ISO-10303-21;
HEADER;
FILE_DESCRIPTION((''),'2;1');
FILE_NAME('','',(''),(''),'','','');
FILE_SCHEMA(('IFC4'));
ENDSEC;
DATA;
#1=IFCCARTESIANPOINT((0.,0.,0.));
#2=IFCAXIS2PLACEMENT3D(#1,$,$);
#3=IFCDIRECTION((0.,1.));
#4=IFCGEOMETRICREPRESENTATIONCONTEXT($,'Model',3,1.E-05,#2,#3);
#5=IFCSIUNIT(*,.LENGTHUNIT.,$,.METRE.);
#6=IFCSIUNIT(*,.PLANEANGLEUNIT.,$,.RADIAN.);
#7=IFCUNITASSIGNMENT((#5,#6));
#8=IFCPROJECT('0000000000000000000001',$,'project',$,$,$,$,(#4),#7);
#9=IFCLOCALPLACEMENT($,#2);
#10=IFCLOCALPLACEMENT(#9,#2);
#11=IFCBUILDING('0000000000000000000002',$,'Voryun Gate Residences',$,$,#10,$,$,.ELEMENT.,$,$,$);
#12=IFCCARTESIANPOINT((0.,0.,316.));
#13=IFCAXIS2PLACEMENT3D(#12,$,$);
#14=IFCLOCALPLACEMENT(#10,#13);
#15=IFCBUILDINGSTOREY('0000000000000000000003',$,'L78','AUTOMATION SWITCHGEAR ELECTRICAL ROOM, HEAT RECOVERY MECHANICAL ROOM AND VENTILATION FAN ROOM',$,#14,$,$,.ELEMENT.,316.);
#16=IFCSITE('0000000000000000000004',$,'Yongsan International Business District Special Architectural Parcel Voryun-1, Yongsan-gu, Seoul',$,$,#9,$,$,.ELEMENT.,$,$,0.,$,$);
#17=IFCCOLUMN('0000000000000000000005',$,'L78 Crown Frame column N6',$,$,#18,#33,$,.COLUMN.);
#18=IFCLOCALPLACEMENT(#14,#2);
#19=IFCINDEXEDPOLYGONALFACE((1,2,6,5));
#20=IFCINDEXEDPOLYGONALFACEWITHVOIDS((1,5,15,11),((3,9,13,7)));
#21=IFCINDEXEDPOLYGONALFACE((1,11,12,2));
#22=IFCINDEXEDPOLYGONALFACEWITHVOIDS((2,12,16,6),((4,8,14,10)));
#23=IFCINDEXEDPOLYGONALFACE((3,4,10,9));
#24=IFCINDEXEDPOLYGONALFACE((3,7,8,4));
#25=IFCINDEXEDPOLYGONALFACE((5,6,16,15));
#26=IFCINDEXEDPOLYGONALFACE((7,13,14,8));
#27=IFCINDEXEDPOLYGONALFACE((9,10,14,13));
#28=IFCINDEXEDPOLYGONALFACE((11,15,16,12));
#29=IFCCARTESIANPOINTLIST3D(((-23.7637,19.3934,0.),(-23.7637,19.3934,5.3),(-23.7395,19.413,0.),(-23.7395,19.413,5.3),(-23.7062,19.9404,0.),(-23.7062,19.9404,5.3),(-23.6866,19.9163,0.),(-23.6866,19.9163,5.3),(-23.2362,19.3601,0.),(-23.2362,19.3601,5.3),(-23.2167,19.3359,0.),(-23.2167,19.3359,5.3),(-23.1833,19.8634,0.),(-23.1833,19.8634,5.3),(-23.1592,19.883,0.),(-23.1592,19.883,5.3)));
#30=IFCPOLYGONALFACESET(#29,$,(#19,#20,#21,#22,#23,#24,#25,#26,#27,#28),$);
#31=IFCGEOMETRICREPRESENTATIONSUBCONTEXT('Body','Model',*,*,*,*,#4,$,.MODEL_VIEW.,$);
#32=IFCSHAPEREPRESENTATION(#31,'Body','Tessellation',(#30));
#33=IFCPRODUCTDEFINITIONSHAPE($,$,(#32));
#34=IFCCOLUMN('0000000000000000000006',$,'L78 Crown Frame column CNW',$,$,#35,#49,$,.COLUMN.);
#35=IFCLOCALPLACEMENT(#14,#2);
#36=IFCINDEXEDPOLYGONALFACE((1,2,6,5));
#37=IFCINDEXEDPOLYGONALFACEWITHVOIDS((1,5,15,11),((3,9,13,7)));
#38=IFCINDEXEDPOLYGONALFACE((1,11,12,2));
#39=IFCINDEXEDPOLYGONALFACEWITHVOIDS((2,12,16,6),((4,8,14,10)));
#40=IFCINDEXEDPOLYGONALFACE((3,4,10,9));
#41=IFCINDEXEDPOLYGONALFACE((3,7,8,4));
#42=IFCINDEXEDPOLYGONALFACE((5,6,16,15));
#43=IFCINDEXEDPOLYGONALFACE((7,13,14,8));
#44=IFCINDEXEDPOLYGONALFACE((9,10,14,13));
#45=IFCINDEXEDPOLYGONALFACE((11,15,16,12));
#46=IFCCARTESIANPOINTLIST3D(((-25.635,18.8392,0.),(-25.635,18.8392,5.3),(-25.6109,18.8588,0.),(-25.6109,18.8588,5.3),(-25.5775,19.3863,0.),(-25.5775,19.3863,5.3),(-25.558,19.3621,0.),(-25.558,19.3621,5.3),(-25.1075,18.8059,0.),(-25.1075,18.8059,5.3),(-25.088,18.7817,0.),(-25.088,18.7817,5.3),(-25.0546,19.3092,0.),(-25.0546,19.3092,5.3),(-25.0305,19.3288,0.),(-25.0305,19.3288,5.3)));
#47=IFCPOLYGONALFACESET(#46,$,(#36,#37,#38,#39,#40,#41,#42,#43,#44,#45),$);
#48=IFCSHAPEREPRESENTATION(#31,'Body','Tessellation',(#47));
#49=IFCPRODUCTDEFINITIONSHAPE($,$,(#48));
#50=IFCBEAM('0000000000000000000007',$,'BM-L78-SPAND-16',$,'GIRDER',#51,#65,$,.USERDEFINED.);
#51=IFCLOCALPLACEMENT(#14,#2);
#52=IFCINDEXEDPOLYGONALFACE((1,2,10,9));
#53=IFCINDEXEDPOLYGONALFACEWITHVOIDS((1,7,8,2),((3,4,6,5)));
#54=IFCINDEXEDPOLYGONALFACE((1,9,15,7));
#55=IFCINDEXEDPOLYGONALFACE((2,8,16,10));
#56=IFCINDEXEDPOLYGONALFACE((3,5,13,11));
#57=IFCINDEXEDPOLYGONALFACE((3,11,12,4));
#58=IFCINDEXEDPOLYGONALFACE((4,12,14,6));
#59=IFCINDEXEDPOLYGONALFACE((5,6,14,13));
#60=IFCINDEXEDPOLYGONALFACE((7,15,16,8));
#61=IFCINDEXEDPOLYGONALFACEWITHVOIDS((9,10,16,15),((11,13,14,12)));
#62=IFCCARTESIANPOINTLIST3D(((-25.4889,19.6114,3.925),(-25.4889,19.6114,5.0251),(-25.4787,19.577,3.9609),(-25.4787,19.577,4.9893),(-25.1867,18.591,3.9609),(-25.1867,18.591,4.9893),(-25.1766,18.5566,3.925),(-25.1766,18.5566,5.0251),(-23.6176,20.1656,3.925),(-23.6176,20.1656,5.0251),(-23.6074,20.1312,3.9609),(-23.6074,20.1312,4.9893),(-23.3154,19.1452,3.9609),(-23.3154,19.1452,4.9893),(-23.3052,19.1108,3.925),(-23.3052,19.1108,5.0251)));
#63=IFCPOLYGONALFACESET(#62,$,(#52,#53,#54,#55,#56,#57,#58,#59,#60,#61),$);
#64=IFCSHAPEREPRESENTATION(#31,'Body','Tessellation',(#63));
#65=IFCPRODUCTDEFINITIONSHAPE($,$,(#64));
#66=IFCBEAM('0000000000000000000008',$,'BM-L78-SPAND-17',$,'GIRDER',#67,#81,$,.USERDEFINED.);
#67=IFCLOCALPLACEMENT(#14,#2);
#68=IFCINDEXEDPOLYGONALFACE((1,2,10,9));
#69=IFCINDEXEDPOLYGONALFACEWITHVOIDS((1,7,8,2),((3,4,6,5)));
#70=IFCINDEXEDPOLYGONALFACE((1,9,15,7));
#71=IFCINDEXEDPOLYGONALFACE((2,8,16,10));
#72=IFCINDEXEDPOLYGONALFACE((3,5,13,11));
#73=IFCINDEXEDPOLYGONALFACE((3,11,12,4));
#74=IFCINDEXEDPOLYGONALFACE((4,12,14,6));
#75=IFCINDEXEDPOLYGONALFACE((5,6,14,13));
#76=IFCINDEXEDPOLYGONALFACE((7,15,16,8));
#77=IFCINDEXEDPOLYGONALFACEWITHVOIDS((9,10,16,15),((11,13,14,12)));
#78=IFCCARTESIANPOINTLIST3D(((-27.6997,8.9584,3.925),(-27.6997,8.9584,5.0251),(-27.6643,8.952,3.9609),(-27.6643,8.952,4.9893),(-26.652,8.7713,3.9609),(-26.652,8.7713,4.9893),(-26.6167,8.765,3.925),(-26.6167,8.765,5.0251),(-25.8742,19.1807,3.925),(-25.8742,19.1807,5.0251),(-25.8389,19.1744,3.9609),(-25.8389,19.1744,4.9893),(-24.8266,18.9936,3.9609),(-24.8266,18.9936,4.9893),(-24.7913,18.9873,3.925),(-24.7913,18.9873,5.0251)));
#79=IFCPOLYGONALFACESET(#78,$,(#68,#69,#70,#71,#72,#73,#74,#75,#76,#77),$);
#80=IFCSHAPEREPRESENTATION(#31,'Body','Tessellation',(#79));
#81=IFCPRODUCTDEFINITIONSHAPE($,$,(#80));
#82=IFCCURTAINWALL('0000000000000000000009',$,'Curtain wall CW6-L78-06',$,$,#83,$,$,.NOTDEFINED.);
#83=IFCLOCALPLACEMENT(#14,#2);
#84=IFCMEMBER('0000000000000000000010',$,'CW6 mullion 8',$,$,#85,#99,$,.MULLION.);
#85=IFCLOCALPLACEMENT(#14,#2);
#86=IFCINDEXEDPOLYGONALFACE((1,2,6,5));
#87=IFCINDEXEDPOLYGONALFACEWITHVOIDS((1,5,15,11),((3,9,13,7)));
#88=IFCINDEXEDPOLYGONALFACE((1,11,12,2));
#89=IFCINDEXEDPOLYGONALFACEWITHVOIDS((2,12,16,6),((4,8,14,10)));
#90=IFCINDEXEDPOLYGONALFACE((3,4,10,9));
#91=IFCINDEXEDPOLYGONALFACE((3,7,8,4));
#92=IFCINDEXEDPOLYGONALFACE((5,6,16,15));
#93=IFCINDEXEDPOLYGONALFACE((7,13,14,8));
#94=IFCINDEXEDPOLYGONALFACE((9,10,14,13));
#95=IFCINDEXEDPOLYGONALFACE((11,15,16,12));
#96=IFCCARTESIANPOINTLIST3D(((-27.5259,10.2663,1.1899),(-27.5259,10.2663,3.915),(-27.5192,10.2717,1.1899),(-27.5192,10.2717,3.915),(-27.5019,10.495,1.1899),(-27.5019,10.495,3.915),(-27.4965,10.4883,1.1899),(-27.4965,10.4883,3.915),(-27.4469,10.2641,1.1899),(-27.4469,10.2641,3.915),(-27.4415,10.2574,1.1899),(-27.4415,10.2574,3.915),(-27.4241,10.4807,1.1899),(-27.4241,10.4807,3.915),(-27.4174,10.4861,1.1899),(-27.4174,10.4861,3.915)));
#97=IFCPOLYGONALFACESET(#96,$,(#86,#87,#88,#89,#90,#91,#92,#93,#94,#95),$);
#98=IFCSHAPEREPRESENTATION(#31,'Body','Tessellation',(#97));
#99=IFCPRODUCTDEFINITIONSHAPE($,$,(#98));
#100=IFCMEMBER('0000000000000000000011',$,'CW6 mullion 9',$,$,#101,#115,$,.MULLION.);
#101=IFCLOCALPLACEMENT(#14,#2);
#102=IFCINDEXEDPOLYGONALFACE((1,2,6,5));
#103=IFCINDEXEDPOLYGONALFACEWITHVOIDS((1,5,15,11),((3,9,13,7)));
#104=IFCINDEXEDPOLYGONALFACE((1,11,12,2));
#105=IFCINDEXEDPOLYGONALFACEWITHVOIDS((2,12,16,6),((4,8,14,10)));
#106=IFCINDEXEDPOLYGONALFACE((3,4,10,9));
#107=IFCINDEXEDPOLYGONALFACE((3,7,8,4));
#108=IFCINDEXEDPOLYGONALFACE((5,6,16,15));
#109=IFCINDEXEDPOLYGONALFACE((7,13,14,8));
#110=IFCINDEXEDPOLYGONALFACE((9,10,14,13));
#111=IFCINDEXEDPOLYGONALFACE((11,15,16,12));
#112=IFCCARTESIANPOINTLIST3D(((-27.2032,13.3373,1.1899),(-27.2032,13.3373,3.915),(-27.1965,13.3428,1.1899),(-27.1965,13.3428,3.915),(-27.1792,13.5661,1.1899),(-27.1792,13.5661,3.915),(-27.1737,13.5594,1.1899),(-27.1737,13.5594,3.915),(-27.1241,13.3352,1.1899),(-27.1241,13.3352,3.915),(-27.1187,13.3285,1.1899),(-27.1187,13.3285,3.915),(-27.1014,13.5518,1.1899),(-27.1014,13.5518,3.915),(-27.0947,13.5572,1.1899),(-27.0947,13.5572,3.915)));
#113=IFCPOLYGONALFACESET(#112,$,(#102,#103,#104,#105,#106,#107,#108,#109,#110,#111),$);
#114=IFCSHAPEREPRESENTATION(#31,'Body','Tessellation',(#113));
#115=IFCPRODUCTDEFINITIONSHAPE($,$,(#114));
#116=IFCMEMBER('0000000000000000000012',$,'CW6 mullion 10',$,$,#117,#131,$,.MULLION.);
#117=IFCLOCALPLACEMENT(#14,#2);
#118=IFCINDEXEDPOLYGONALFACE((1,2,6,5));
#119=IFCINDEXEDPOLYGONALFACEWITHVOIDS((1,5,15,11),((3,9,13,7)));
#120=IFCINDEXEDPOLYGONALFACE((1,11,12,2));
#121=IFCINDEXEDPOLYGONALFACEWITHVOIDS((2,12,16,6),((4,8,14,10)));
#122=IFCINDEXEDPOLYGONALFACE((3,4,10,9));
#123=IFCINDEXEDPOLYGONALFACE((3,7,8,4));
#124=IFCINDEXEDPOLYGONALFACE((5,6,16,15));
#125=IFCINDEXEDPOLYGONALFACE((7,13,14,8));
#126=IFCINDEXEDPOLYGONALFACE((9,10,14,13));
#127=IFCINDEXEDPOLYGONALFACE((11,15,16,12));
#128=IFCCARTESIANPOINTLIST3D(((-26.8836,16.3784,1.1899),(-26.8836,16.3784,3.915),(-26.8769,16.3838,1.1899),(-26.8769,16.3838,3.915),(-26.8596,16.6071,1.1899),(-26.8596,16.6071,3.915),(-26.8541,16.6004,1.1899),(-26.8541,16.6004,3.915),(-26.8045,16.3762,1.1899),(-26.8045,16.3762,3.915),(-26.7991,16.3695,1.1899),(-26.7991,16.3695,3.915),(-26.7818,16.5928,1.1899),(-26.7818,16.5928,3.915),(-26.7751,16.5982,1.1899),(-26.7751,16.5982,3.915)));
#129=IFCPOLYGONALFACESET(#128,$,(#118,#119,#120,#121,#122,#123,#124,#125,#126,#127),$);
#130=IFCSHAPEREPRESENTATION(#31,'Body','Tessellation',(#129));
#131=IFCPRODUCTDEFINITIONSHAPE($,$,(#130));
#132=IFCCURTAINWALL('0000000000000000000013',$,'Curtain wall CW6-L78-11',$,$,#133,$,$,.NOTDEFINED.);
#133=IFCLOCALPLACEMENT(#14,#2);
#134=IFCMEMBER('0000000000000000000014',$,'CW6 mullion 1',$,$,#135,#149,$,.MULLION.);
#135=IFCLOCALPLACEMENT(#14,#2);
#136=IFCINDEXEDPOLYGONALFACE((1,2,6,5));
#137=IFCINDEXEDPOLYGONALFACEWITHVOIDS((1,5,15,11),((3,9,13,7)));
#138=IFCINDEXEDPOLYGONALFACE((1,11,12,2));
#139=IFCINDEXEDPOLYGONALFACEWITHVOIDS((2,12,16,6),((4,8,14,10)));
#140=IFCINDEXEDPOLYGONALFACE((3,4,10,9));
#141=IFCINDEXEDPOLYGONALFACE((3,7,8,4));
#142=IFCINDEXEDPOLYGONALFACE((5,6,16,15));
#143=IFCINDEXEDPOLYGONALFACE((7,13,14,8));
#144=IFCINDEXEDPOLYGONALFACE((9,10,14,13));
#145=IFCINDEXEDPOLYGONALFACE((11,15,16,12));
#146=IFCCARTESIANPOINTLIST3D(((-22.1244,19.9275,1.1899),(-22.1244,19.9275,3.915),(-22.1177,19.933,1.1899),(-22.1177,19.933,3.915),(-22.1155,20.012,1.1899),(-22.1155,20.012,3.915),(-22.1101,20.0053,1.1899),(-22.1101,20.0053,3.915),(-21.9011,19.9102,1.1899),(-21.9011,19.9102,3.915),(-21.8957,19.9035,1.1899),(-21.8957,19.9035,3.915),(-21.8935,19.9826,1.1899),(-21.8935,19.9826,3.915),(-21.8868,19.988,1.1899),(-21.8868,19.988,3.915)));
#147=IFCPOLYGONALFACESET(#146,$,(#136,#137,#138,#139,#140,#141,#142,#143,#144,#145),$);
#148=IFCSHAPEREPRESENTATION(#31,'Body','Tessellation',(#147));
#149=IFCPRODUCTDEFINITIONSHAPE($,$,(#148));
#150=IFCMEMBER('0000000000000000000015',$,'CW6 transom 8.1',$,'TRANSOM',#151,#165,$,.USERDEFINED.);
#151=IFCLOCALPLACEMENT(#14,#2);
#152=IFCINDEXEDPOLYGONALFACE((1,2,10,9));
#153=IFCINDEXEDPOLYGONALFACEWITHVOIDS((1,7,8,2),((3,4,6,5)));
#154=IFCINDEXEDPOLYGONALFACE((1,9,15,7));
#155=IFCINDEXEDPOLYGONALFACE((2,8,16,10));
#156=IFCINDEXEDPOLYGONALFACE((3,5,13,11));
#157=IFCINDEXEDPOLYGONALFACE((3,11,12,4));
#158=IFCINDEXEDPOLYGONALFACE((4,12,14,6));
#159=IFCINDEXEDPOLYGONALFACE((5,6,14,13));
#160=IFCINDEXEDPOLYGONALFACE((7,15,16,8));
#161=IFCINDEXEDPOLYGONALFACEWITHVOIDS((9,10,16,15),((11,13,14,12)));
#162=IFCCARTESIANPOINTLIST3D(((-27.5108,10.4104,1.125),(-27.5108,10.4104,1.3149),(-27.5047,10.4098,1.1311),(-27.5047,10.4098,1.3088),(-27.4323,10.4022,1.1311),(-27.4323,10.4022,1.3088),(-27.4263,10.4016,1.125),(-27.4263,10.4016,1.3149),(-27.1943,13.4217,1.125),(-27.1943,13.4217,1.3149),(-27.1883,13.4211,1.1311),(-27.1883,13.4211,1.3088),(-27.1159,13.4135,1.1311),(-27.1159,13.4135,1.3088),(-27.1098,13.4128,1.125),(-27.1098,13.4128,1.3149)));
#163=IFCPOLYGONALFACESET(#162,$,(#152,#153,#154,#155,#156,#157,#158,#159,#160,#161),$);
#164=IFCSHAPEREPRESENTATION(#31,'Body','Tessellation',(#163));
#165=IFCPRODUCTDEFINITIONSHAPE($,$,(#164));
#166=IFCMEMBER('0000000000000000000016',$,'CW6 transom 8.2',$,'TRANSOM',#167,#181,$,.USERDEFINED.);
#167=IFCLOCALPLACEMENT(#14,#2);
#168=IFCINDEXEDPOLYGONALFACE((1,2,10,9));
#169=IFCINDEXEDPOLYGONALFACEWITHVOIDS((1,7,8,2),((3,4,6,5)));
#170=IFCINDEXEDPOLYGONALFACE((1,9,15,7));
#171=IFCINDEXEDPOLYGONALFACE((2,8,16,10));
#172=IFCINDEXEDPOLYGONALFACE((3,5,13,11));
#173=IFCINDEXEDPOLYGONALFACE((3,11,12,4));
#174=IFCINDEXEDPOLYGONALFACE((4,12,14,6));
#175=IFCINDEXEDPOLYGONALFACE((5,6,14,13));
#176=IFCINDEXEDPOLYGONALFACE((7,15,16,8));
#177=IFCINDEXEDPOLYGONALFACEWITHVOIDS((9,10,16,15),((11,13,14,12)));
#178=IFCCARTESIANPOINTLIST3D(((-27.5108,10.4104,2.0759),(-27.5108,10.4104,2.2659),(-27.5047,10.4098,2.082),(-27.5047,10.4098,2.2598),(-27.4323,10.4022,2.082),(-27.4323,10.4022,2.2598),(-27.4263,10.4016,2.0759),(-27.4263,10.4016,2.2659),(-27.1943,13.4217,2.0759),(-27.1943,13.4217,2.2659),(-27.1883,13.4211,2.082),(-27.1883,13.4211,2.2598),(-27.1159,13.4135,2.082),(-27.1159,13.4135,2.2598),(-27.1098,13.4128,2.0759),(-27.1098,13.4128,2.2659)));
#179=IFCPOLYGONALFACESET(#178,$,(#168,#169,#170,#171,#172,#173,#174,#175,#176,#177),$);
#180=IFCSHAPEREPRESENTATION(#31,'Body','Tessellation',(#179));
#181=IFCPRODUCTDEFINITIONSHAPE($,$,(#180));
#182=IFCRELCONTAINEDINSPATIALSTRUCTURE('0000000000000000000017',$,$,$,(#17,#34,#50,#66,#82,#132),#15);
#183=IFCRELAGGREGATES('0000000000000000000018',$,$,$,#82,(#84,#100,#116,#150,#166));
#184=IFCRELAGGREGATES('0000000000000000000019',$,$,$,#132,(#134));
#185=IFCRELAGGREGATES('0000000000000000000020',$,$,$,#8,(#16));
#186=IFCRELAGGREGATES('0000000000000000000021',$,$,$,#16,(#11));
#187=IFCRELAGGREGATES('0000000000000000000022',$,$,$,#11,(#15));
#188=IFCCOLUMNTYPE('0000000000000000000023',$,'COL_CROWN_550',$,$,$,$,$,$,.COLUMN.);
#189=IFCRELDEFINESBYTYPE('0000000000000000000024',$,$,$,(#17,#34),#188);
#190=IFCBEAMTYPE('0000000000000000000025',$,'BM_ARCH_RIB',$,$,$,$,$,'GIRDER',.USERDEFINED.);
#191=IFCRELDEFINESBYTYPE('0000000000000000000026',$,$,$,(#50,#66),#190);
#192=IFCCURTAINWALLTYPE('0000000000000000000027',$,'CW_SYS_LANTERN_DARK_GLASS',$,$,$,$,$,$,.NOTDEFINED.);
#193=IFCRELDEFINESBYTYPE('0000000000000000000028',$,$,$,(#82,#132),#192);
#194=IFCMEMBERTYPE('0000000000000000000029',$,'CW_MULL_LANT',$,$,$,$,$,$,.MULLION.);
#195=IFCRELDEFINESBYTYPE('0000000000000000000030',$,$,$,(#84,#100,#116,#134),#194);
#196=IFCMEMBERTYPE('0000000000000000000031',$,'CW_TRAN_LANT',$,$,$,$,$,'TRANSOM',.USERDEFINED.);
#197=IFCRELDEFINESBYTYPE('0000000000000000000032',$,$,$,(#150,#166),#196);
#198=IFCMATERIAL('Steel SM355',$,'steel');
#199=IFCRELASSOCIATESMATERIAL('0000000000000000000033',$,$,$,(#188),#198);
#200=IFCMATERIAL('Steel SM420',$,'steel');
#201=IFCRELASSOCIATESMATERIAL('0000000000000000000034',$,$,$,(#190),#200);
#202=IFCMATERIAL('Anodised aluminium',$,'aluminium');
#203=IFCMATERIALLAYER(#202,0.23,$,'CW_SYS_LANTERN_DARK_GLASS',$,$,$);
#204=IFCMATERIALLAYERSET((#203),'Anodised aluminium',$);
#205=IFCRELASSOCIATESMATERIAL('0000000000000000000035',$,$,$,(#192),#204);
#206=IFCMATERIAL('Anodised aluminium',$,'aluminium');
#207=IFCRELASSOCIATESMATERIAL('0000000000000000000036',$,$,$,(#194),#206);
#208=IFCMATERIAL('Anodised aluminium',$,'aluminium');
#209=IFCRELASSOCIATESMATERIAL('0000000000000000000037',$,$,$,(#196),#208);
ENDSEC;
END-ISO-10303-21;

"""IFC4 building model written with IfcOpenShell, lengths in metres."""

from ifc_helpers import new_model, si_unit, direction, frame, origin, origin_2d, place, context, subcontext, project, spatial, hollow_rectangle, extrude, material, layer, layer_set, material_profile, profile_set, type_object, element, aggregate, save


model = new_model("IFC4")

# Units and contexts
model_context = context("Model", 3, precision=1e-05, world=origin(), true_north=direction((0.0, 1.0)))
body_context = subcontext(model_context, "Body", "Model", "MODEL_VIEW")
ifc_project = project(units=[si_unit("LENGTHUNIT", "METRE"), si_unit("PLANEANGLEUNIT", "RADIAN")], contexts=[model_context])

# Site, building, storey
site_placement = place(None, origin())
site = spatial("IfcSite", under=ifc_project, at=site_placement, Name="Yongsan International Business District Special Architectural Parcel Voryun-1, Yongsan-gu, Seoul", CompositionType="ELEMENT", RefElevation=0.0)
building_placement = place(site_placement, origin())
building = spatial("IfcBuilding", under=site, at=building_placement, Name="Voryun Gate Residences", CompositionType="ELEMENT")
storey_placement = place(building_placement, frame((0.0, 0.0, 316.0)))
storey = spatial("IfcBuildingStorey", under=building, at=storey_placement, Name="L78", Description="AUTOMATION SWITCHGEAR ELECTRICAL ROOM, HEAT RECOVERY MECHANICAL ROOM AND VENTILATION FAN ROOM", CompositionType="ELEMENT", Elevation=316.0)

# Columns
ifc_material_1 = material(Name="Steel SM355", Category="steel")
ifc_material_profile_1 = material_profile(ifc_material_1, hollow_rectangle(XDim=0.55, YDim=0.55, WallThickness=0.022, at=origin_2d()), Name="BOX-550x550x22")
ifc_profile_set_1 = profile_set([ifc_material_profile_1], Name="Steel SM355")
column_type = type_object("IfcColumnType", Name="COL_CROWN_550", PredefinedType="COLUMN", material=ifc_profile_set_1)
for number, where, z_axis, x_axis, name in (
    (1, (-23.4614, 19.6382, 0.0), (0.0, 0.0, 1.0), (0.994522, -0.104528, 0.0), "L78 Crown Frame column N6"),
    (2, (-25.3328, 19.084, 0.0), (0.0, 0.0, 1.0), (0.994522, -0.104528, 0.0), "L78 Crown Frame column CNW"),
):
    element("IfcColumn", number, at=place(storey_placement, frame(where, z_axis=z_axis, x_axis=x_axis)), inside=storey, type_object=column_type, Name=name, PredefinedType="COLUMN", context=body_context, shape_type="SweptSolid", body=[
        extrude(hollow_rectangle(XDim=0.55, YDim=0.55, WallThickness=0.022, at=origin_2d()), origin(), (0.0, 0.0, 1.0), 5.3),
    ])

# Beams
ifc_material_2 = material(Name="Steel SM420", Category="steel")
ifc_material_profile_2 = material_profile(ifc_material_2, hollow_rectangle(XDim=1.1001, YDim=1.1001, WallThickness=0.0359, at=origin_2d()), Name="BOX-1100x1100x36")
ifc_profile_set_2 = profile_set([ifc_material_profile_2], Name="Steel SM420")
beam_type = type_object("IfcBeamType", Name="BM_ARCH_RIB", ElementType="GIRDER", PredefinedType="USERDEFINED", material=ifc_profile_set_2)
beam_1_placement = place(storey_placement, frame((-23.4614, 19.6382, 4.4751), z_axis=(-0.958836, -0.283961, 0.0), x_axis=(0.283961, -0.958836, 0.0)))
element("IfcBeam", 3, at=beam_1_placement, inside=storey, type_object=beam_type, Name="BM-L78-SPAND-16", ObjectType="GIRDER", PredefinedType="USERDEFINED", context=body_context, shape_type="SweptSolid", body=[
    extrude(hollow_rectangle(XDim=1.1001, YDim=1.1001, WallThickness=0.0359, at=origin_2d()), origin(), (0.0, 0.0, 1.0), 1.9517),
])
beam_2_placement = place(storey_placement, frame((-25.3328, 19.084, 4.4751), z_axis=(-0.175791, -0.984427, 0.0), x_axis=(0.984427, -0.175791, 0.0)))
element("IfcBeam", 4, at=beam_2_placement, inside=storey, type_object=beam_type, Name="BM-L78-SPAND-17", ObjectType="GIRDER", PredefinedType="USERDEFINED", context=body_context, shape_type="SweptSolid", body=[
    extrude(hollow_rectangle(XDim=1.1001, YDim=1.1001, WallThickness=0.0359, at=origin_2d()), origin(), (0.0, 0.0, 1.0), 10.384),
])

# Curtain wall, members
ifc_material_3 = material(Name="Anodised aluminium", Category="aluminium")
ifc_layer_1 = layer(ifc_material_3, 0.23, Name="CW_SYS_LANTERN_DARK_GLASS")
ifc_layer_set_1 = layer_set([ifc_layer_1], Name="Anodised aluminium")
curtain_wall_type = type_object("IfcCurtainWallType", Name="CW_SYS_LANTERN_DARK_GLASS", PredefinedType="NOTDEFINED", material=ifc_layer_set_1)
curtain_wall_1_placement = place(storey_placement, origin())
curtain_wall_1 = element("IfcCurtainWall", 5, at=curtain_wall_1_placement, inside=storey, type_object=curtain_wall_type, Name="Curtain wall CW6-L78-06", PredefinedType="NOTDEFINED")
ifc_material_4 = material(Name="Anodised aluminium", Category="aluminium")
ifc_material_profile_3 = material_profile(ifc_material_4, hollow_rectangle(XDim=0.085, YDim=0.23, WallThickness=0.0061, at=origin_2d()), Name="ALU-MULL-230x85x6")
ifc_profile_set_3 = profile_set([ifc_material_profile_3], Name="Anodised aluminium")
member_type_1 = type_object("IfcMemberType", Name="CW_MULL_LANT", PredefinedType="MULLION", material=ifc_profile_set_3)
member_1_placement = place(storey_placement, frame((-27.4717, 10.3762, 1.1899), z_axis=(0.0, 0.0, 1.0), x_axis=(-0.994522, 0.104528, 0.0)))
member_1 = element("IfcMember", 6, at=member_1_placement, type_object=member_type_1, Name="CW6 mullion 8", PredefinedType="MULLION", context=body_context, shape_type="SweptSolid", body=[
    extrude(hollow_rectangle(XDim=0.085, YDim=0.23, WallThickness=0.0061, at=origin_2d()), origin(), (0.0, 0.0, 1.0), 2.7251),
])
member_2_placement = place(storey_placement, frame((-27.1489, 13.4473, 1.1899), z_axis=(0.0, 0.0, 1.0), x_axis=(-0.994522, 0.104528, 0.0)))
member_2 = element("IfcMember", 7, at=member_2_placement, type_object=member_type_1, Name="CW6 mullion 9", PredefinedType="MULLION", context=body_context, shape_type="SweptSolid", body=[
    extrude(hollow_rectangle(XDim=0.085, YDim=0.23, WallThickness=0.0061, at=origin_2d()), origin(), (0.0, 0.0, 1.0), 2.7251),
])
member_3_placement = place(storey_placement, frame((-26.8293, 16.4883, 1.1899), z_axis=(0.0, 0.0, 1.0), x_axis=(-0.994522, 0.104528, 0.0)))
member_3 = element("IfcMember", 8, at=member_3_placement, type_object=member_type_1, Name="CW6 mullion 10", PredefinedType="MULLION", context=body_context, shape_type="SweptSolid", body=[
    extrude(hollow_rectangle(XDim=0.085, YDim=0.23, WallThickness=0.0061, at=origin_2d()), origin(), (0.0, 0.0, 1.0), 2.7251),
])

# Curtain wall, member
curtain_wall_2_placement = place(storey_placement, origin())
curtain_wall_2 = element("IfcCurtainWall", 9, at=curtain_wall_2_placement, inside=storey, type_object=curtain_wall_type, Name="Curtain wall CW6-L78-11", PredefinedType="NOTDEFINED")
member_4_placement = place(storey_placement, frame((-22.0056, 19.9578, 1.1899), z_axis=(0.0, 0.0, 1.0), x_axis=(0.104528, 0.994522, 0.0)))
member_4 = element("IfcMember", 10, at=member_4_placement, type_object=member_type_1, Name="CW6 mullion 1", PredefinedType="MULLION", context=body_context, shape_type="SweptSolid", body=[
    extrude(hollow_rectangle(XDim=0.085, YDim=0.23, WallThickness=0.0061, at=origin_2d()), origin(), (0.0, 0.0, 1.0), 2.7251),
])

# Members
ifc_material_5 = material(Name="Anodised aluminium", Category="aluminium")
ifc_material_profile_4 = material_profile(ifc_material_5, hollow_rectangle(XDim=0.085, YDim=0.1899, WallThickness=0.0061, at=origin_2d()), Name="ALU-TRAN-190x85x6")
ifc_profile_set_4 = profile_set([ifc_material_profile_4], Name="Anodised aluminium")
member_type_2 = type_object("IfcMemberType", Name="CW_TRAN_LANT", ElementType="TRANSOM", PredefinedType="USERDEFINED", material=ifc_profile_set_4)
member_5_placement = place(storey_placement, frame((-27.4685, 10.406, 1.22), z_axis=(0.1045, 0.994525, 0.0), x_axis=(-0.994525, 0.1045, 0.0)))
member_5 = element("IfcMember", 11, at=member_5_placement, type_object=member_type_2, Name="CW6 transom 8.1", ObjectType="TRANSOM", PredefinedType="USERDEFINED", context=body_context, shape_type="SweptSolid", body=[
    extrude(hollow_rectangle(XDim=0.085, YDim=0.1899, WallThickness=0.0061, at=origin_2d()), origin(), (0.0, 0.0, 1.0), 3.0278),
])
member_6_placement = place(storey_placement, frame((-27.4685, 10.406, 2.1709), z_axis=(0.1045, 0.994525, 0.0), x_axis=(-0.994525, 0.1045, 0.0)))
member_6 = element("IfcMember", 12, at=member_6_placement, type_object=member_type_2, Name="CW6 transom 8.2", ObjectType="TRANSOM", PredefinedType="USERDEFINED", context=body_context, shape_type="SweptSolid", body=[
    extrude(hollow_rectangle(XDim=0.085, YDim=0.1899, WallThickness=0.0061, at=origin_2d()), origin(), (0.0, 0.0, 1.0), 3.0278),
])

aggregate(curtain_wall_1, [member_1, member_2, member_3, member_5, member_6])
aggregate(curtain_wall_2, [member_4])

save(model, "model.ifc")
